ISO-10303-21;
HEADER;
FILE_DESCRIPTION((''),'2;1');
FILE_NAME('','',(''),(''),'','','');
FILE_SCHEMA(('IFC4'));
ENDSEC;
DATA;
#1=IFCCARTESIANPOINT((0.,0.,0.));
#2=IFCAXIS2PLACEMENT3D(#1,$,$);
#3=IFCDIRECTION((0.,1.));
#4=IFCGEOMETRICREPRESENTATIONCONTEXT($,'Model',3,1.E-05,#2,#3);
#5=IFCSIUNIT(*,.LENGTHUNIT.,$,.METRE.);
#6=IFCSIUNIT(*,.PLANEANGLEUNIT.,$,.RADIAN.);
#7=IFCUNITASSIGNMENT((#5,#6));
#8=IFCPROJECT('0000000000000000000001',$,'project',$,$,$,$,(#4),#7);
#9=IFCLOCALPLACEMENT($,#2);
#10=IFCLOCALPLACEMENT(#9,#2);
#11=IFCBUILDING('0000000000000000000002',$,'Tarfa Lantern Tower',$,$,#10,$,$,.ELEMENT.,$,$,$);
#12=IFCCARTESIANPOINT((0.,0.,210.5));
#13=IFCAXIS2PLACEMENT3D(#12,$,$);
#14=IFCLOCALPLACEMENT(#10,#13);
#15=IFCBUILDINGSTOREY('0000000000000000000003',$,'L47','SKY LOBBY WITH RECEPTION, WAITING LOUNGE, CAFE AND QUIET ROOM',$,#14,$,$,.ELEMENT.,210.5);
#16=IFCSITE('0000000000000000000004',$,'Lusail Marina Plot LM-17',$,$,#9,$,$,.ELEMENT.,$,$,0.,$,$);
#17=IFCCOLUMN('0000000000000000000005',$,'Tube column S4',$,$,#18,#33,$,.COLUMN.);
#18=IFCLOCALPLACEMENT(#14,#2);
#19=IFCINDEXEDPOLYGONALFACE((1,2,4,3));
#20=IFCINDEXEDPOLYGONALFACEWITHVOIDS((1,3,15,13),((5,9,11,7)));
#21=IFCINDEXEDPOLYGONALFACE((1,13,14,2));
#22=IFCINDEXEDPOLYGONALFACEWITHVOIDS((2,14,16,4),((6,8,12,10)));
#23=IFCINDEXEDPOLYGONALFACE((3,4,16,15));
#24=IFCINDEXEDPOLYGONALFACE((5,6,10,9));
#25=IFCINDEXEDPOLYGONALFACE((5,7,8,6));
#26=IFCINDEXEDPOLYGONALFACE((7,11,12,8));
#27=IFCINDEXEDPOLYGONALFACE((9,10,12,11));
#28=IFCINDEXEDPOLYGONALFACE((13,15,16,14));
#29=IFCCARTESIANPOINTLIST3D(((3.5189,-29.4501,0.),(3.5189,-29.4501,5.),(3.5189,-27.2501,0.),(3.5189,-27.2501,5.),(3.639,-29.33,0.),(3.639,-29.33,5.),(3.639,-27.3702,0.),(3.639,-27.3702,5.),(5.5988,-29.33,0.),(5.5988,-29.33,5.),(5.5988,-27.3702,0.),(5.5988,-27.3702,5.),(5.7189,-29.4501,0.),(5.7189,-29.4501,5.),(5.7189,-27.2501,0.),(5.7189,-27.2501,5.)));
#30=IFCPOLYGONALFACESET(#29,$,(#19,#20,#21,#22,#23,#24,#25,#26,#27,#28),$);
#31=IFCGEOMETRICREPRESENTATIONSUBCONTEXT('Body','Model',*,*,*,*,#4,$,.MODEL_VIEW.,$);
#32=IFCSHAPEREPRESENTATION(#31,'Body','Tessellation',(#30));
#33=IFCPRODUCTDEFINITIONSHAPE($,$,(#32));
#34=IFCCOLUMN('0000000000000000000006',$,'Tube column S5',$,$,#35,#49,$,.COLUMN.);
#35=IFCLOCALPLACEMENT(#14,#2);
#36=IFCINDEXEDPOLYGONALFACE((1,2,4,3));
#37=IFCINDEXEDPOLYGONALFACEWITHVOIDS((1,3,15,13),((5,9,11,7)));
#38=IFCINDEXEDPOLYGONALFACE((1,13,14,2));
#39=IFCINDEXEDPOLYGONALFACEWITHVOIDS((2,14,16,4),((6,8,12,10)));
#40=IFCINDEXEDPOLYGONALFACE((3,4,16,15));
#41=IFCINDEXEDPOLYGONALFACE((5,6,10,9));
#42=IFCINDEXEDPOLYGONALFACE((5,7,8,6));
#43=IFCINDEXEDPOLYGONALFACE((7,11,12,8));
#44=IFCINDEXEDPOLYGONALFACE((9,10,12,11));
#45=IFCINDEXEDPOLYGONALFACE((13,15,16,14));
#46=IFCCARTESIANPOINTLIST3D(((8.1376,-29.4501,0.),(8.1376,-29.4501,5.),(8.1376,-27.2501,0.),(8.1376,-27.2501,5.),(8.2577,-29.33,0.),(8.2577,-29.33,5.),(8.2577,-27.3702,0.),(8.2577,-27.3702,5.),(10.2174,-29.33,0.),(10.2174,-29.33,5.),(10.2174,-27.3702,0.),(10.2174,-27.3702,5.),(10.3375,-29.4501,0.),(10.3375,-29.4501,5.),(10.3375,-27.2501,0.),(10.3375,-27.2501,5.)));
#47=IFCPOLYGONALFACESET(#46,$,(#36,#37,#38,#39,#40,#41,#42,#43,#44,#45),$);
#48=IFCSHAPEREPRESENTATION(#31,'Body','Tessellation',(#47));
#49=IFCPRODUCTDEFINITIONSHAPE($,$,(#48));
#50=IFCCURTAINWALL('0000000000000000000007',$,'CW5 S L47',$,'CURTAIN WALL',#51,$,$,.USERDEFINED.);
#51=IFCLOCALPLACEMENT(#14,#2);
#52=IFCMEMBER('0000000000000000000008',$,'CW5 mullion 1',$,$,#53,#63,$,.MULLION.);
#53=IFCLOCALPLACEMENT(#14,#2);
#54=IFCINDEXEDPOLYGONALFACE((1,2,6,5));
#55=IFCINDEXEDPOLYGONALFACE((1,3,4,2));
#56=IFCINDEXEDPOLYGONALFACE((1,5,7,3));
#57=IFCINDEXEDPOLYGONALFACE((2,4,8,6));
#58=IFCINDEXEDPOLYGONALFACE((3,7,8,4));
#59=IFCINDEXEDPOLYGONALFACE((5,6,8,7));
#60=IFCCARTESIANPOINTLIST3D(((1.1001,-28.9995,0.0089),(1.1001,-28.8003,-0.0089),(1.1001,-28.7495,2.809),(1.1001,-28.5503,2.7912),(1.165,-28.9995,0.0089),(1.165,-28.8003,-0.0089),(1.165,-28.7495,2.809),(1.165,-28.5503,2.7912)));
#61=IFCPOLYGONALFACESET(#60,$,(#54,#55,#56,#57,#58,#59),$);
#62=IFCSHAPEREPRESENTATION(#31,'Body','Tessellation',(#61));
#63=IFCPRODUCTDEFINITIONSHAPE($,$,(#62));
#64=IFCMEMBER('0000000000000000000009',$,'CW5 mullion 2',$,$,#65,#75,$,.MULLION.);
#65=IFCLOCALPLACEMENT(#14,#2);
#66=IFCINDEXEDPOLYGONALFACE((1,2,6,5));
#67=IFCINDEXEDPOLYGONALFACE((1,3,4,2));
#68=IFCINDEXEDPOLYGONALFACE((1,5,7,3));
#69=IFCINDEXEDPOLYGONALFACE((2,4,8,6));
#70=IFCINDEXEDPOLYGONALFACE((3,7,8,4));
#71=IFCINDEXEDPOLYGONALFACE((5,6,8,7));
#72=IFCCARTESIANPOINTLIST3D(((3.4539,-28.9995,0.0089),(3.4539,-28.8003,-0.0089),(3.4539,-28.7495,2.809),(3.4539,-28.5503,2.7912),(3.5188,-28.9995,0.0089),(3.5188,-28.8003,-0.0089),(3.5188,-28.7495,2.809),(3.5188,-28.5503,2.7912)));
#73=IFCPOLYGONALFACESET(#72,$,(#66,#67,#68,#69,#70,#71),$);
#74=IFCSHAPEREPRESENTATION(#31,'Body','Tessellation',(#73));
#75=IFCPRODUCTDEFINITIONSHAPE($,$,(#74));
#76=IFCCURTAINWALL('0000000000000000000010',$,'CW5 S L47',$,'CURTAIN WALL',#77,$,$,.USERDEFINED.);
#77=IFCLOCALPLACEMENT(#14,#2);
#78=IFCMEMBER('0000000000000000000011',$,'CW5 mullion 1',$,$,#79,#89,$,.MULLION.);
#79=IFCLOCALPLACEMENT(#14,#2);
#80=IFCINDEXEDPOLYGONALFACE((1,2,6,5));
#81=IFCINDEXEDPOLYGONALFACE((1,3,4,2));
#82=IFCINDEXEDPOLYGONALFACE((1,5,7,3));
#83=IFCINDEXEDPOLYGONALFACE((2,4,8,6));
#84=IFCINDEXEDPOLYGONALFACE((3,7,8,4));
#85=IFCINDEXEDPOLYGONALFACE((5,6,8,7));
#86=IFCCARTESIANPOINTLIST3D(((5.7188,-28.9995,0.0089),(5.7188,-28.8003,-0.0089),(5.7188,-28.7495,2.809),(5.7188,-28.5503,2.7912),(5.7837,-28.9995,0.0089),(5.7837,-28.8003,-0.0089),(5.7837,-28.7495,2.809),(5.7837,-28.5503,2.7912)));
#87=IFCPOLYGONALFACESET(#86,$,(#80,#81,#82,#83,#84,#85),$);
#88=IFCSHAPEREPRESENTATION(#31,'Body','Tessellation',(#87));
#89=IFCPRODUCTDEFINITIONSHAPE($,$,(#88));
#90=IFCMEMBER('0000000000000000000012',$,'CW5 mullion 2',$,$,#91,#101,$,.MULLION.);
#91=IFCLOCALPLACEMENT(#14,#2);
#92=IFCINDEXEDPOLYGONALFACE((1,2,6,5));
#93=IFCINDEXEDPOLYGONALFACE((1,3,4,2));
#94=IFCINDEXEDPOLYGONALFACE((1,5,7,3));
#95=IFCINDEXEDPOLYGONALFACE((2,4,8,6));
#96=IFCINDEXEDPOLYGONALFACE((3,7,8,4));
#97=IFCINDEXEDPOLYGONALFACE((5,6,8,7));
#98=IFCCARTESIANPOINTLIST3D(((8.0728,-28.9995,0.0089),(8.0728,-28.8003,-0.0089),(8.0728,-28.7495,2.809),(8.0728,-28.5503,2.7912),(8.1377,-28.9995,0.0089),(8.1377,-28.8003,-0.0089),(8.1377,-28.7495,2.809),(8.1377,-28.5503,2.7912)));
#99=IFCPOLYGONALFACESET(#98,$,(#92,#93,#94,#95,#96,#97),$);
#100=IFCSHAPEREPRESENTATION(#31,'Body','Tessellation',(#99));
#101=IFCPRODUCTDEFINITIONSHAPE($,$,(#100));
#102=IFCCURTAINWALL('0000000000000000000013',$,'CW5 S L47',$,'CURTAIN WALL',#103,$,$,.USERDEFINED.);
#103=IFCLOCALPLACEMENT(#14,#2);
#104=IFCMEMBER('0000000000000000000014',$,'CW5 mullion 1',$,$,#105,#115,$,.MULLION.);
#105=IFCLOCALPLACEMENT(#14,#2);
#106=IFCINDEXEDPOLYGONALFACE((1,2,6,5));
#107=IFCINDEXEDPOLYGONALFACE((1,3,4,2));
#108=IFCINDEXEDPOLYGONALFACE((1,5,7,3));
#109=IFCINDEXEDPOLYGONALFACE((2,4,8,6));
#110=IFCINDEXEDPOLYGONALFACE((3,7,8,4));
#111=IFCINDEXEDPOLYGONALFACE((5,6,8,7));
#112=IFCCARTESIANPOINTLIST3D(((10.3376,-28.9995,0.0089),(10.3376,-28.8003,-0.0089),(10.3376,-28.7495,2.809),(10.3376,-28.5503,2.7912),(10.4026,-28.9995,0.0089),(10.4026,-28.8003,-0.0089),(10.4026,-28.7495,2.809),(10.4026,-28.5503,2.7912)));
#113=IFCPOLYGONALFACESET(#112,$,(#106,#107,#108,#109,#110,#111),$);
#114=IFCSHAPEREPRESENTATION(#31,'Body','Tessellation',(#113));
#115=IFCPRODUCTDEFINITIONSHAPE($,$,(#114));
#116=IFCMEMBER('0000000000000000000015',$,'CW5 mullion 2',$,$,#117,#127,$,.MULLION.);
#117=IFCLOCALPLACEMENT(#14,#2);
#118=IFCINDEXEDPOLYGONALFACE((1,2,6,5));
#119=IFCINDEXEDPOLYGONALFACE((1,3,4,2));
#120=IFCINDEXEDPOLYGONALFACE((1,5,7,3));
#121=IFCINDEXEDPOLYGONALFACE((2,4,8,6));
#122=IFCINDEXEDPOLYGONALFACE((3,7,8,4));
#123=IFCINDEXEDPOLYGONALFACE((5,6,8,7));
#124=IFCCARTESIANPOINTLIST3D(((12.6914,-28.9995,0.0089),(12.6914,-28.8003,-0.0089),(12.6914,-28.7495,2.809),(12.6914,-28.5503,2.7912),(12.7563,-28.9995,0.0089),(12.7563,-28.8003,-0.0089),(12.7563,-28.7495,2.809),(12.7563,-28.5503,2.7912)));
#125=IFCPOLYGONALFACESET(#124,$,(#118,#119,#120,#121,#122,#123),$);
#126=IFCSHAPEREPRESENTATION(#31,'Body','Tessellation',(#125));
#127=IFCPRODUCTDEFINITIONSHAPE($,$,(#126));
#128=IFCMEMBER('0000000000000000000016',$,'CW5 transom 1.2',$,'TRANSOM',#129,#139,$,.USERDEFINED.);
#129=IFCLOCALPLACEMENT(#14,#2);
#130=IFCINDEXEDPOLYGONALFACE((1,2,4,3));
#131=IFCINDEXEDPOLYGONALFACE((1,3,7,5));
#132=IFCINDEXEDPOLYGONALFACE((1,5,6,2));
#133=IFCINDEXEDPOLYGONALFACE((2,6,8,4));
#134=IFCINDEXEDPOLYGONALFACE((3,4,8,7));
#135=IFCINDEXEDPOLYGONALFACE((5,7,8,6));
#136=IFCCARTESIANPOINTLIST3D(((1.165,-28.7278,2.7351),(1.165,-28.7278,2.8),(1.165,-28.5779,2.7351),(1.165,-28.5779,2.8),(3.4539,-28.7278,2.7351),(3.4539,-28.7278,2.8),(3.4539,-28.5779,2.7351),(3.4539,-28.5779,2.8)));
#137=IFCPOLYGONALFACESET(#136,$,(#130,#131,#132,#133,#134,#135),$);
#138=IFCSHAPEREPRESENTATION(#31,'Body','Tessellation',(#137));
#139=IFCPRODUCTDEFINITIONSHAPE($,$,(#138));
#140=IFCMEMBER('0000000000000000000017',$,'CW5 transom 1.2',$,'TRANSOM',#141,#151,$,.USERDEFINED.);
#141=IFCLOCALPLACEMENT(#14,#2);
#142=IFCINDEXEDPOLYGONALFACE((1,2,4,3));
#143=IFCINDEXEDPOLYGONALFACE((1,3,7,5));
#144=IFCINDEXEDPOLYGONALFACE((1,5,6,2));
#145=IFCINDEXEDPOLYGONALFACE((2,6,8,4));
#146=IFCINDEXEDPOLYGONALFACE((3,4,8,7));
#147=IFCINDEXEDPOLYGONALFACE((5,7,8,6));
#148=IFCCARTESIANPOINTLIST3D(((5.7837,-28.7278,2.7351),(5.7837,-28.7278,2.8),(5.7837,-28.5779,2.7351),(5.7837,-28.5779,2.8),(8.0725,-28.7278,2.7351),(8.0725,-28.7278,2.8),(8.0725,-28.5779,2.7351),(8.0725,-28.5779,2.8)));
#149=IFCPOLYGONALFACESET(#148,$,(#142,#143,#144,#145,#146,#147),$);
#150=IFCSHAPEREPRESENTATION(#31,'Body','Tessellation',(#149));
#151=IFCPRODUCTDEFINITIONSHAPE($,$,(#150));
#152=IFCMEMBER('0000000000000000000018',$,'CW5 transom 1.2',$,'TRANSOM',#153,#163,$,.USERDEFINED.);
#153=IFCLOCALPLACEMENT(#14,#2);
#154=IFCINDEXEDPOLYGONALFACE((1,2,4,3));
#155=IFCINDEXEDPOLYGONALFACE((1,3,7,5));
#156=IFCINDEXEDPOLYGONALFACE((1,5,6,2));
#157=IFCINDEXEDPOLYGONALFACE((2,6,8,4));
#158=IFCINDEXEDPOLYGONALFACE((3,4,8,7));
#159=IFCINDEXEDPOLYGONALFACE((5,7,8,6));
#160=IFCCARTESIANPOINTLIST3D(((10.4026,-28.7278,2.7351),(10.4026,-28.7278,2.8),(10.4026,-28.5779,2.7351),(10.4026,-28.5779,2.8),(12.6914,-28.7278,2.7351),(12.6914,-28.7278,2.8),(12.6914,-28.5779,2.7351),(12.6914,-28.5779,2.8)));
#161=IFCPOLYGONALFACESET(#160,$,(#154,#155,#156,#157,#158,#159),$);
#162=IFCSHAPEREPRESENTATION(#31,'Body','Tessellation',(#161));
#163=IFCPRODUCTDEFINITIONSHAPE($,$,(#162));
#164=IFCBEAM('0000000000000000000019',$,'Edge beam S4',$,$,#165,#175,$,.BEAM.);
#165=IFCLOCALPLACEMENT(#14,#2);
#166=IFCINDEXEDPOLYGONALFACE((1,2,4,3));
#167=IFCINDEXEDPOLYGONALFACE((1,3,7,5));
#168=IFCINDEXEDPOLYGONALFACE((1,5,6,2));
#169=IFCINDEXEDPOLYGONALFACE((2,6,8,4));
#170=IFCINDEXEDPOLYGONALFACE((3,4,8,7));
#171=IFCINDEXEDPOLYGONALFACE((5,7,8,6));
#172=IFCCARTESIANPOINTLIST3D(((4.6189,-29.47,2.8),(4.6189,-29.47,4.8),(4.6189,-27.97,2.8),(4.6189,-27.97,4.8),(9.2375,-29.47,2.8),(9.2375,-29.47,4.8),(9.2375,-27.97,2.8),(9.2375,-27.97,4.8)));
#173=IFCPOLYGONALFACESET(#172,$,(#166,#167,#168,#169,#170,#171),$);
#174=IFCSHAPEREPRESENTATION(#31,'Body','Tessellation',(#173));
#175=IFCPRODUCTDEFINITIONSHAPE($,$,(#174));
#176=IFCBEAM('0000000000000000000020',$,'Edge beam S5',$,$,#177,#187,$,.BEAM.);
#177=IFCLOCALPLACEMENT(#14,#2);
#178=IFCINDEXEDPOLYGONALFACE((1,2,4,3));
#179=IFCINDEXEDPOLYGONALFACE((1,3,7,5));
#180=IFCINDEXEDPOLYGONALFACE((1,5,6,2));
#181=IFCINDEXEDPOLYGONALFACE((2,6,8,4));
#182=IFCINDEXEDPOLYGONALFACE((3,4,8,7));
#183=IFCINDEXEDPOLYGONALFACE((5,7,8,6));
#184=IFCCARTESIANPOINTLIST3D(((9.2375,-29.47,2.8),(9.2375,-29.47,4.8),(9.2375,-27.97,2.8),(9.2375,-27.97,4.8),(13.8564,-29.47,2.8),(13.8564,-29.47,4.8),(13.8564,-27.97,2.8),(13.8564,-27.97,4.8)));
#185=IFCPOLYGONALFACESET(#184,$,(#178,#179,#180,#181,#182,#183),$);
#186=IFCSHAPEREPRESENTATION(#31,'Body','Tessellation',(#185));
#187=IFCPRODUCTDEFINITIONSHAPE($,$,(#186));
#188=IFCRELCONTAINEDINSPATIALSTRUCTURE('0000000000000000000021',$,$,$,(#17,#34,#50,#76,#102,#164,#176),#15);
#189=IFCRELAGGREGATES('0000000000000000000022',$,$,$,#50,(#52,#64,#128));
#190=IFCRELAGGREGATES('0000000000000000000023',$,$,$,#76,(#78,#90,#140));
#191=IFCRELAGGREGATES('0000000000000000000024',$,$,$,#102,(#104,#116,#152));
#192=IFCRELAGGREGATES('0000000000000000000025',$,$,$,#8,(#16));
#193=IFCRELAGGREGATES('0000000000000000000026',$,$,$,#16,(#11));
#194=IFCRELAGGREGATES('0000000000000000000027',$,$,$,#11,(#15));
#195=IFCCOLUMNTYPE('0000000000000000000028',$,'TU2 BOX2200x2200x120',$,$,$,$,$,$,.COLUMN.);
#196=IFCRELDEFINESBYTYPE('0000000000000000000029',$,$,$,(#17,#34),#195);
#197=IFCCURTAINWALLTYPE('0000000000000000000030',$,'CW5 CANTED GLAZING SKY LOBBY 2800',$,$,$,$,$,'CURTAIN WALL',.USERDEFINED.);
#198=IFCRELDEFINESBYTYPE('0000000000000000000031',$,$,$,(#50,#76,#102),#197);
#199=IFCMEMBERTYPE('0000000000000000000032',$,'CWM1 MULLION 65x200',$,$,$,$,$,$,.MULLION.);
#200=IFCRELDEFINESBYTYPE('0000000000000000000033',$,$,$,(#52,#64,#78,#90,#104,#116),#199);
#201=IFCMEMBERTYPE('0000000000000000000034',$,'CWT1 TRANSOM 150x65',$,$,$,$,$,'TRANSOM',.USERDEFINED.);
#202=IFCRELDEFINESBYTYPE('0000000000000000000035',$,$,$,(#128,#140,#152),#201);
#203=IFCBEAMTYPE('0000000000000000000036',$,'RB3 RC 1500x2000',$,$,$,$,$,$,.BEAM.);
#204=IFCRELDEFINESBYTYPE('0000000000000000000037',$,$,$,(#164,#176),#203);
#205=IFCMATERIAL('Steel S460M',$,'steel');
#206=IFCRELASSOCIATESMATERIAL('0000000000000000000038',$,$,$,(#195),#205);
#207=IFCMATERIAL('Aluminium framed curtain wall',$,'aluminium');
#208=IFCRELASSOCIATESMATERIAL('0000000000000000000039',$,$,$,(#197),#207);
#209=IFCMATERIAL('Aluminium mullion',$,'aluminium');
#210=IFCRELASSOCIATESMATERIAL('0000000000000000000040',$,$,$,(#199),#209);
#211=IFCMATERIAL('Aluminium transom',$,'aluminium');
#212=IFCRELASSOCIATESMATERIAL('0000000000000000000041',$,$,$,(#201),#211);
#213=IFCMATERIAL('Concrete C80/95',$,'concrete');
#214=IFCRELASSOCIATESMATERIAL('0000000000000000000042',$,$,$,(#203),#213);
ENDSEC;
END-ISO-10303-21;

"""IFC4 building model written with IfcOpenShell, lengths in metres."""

from ifc_helpers import new_model, si_unit, direction, frame, origin, origin_2d, place, context, subcontext, project, spatial, rectangle, hollow_rectangle, extrude, material, material_profile, profile_set, type_object, element, aggregate, save


model = new_model("IFC4")

# Units and contexts
model_context = context("Model", 3, precision=1e-05, world=origin(), true_north=direction((0.0, 1.0)))
body_context = subcontext(model_context, "Body", "Model", "MODEL_VIEW")
ifc_project = project(units=[si_unit("LENGTHUNIT", "METRE"), si_unit("PLANEANGLEUNIT", "RADIAN")], contexts=[model_context])

# Site, building, storey
site_placement = place(None, origin())
site = spatial("IfcSite", under=ifc_project, at=site_placement, Name="Lusail Marina Plot LM-17", CompositionType="ELEMENT", RefElevation=0.0)
building_placement = place(site_placement, origin())
building = spatial("IfcBuilding", under=site, at=building_placement, Name="Tarfa Lantern Tower", CompositionType="ELEMENT")
storey_placement = place(building_placement, frame((0.0, 0.0, 210.5)))
storey = spatial("IfcBuildingStorey", under=building, at=storey_placement, Name="L47", Description="SKY LOBBY WITH RECEPTION, WAITING LOUNGE, CAFE AND QUIET ROOM", CompositionType="ELEMENT", Elevation=210.5)

# Columns
ifc_material_1 = material(Name="Steel S460M", Category="steel")
ifc_material_profile_1 = material_profile(ifc_material_1, hollow_rectangle(XDim=2.2, YDim=2.2, WallThickness=0.1201, at=origin_2d()), Name="BOX2200x2200x120")
ifc_profile_set_1 = profile_set([ifc_material_profile_1], Name="Steel S460M")
column_type = type_object("IfcColumnType", Name="TU2 BOX2200x2200x120", PredefinedType="COLUMN", material=ifc_profile_set_1)
for number, where, z_axis, x_axis, name in (
    (1, (4.6189, -28.3501, 0.0), (0.0, 0.0, 1.0), (1.0, 0.0, 0.0), "Tube column S4"),
    (2, (9.2375, -28.3501, 0.0), (0.0, 0.0, 1.0), (1.0, 0.0, 0.0), "Tube column S5"),
):
    element("IfcColumn", number, at=place(storey_placement, frame(where, z_axis=z_axis, x_axis=x_axis)), inside=storey, type_object=column_type, Name=name, PredefinedType="COLUMN", context=body_context, shape_type="SweptSolid", body=[
        extrude(hollow_rectangle(XDim=2.2, YDim=2.2, WallThickness=0.1201, at=origin_2d()), origin(), (0.0, 0.0, 1.0), 5.0),
    ])

# Curtain walls, members
ifc_material_2 = material(Name="Aluminium framed curtain wall", Category="aluminium")
curtain_wall_type = type_object("IfcCurtainWallType", Name="CW5 CANTED GLAZING SKY LOBBY 2800", ElementType="CURTAIN WALL", PredefinedType="USERDEFINED", material=ifc_material_2)
curtain_wall_1_placement = place(storey_placement, origin())
curtain_wall_1 = element("IfcCurtainWall", 3, at=curtain_wall_1_placement, inside=storey, type_object=curtain_wall_type, Name="CW5 S L47", ObjectType="CURTAIN WALL", PredefinedType="USERDEFINED")
ifc_material_3 = material(Name="Aluminium mullion", Category="aluminium")
ifc_material_profile_2 = material_profile(ifc_material_3, rectangle(XDim=0.0649, YDim=0.2, at=origin_2d()), Name="AL MULLION 65x200")
ifc_profile_set_2 = profile_set([ifc_material_profile_2], Name="Aluminium mullion")
member_type_1 = type_object("IfcMemberType", Name="CWM1 MULLION 65x200", PredefinedType="MULLION", material=ifc_profile_set_2)
member_1_placement = place(storey_placement, frame((1.1326, -28.8999, 0.0), z_axis=(0.0, 0.08893, 0.996038), x_axis=(-1.0, 0.0, 0.0)))
member_1 = element("IfcMember", 4, at=member_1_placement, type_object=member_type_1, Name="CW5 mullion 1", PredefinedType="MULLION", context=body_context, shape_type="SweptSolid", body=[
    extrude(rectangle(XDim=0.0649, YDim=0.2, at=origin_2d()), origin(), (0.0, 0.0, 1.0), 2.8113),
])
member_2_placement = place(storey_placement, frame((3.4863, -28.8999, 0.0), z_axis=(0.0, 0.08893, 0.996038), x_axis=(-1.0, 0.0, 0.0)))
member_2 = element("IfcMember", 5, at=member_2_placement, type_object=member_type_1, Name="CW5 mullion 2", PredefinedType="MULLION", context=body_context, shape_type="SweptSolid", body=[
    extrude(rectangle(XDim=0.0649, YDim=0.2, at=origin_2d()), origin(), (0.0, 0.0, 1.0), 2.8113),
])
curtain_wall_2_placement = place(storey_placement, origin())
curtain_wall_2 = element("IfcCurtainWall", 6, at=curtain_wall_2_placement, inside=storey, type_object=curtain_wall_type, Name="CW5 S L47", ObjectType="CURTAIN WALL", PredefinedType="USERDEFINED")
member_3_placement = place(storey_placement, frame((5.7512, -28.8999, 0.0), z_axis=(0.0, 0.08893, 0.996038), x_axis=(-1.0, 0.0, 0.0)))
member_3 = element("IfcMember", 7, at=member_3_placement, type_object=member_type_1, Name="CW5 mullion 1", PredefinedType="MULLION", context=body_context, shape_type="SweptSolid", body=[
    extrude(rectangle(XDim=0.0649, YDim=0.2, at=origin_2d()), origin(), (0.0, 0.0, 1.0), 2.8113),
])
member_4_placement = place(storey_placement, frame((8.1052, -28.8999, 0.0), z_axis=(0.0, 0.08893, 0.996038), x_axis=(-1.0, 0.0, 0.0)))
member_4 = element("IfcMember", 8, at=member_4_placement, type_object=member_type_1, Name="CW5 mullion 2", PredefinedType="MULLION", context=body_context, shape_type="SweptSolid", body=[
    extrude(rectangle(XDim=0.0649, YDim=0.2, at=origin_2d()), origin(), (0.0, 0.0, 1.0), 2.8113),
])
curtain_wall_3_placement = place(storey_placement, origin())
curtain_wall_3 = element("IfcCurtainWall", 9, at=curtain_wall_3_placement, inside=storey, type_object=curtain_wall_type, Name="CW5 S L47", ObjectType="CURTAIN WALL", PredefinedType="USERDEFINED")
member_5_placement = place(storey_placement, frame((10.3701, -28.8999, 0.0), z_axis=(0.0, 0.08893, 0.996038), x_axis=(-1.0, 0.0, 0.0)))
member_5 = element("IfcMember", 10, at=member_5_placement, type_object=member_type_1, Name="CW5 mullion 1", PredefinedType="MULLION", context=body_context, shape_type="SweptSolid", body=[
    extrude(rectangle(XDim=0.0649, YDim=0.2, at=origin_2d()), origin(), (0.0, 0.0, 1.0), 2.8113),
])
member_6_placement = place(storey_placement, frame((12.7239, -28.8999, 0.0), z_axis=(0.0, 0.08893, 0.996038), x_axis=(-1.0, 0.0, 0.0)))
member_6 = element("IfcMember", 11, at=member_6_placement, type_object=member_type_1, Name="CW5 mullion 2", PredefinedType="MULLION", context=body_context, shape_type="SweptSolid", body=[
    extrude(rectangle(XDim=0.0649, YDim=0.2, at=origin_2d()), origin(), (0.0, 0.0, 1.0), 2.8113),
])

# Members
ifc_material_4 = material(Name="Aluminium transom", Category="aluminium")
ifc_material_profile_3 = material_profile(ifc_material_4, rectangle(XDim=0.1499, YDim=0.0649, at=origin_2d()), Name="AL TRANSOM 150x65")
ifc_profile_set_3 = profile_set([ifc_material_profile_3], Name="Aluminium transom")
member_type_2 = type_object("IfcMemberType", Name="CWT1 TRANSOM 150x65", ElementType="TRANSOM", PredefinedType="USERDEFINED", material=ifc_profile_set_3)
member_7_placement = place(storey_placement, frame((1.165, -28.6528, 2.7676), z_axis=(1.0, 0.0, 0.0), x_axis=(0.0, 1.0, 0.0)))
member_7 = element("IfcMember", 12, at=member_7_placement, type_object=member_type_2, Name="CW5 transom 1.2", ObjectType="TRANSOM", PredefinedType="USERDEFINED", context=body_context, shape_type="SweptSolid", body=[
    extrude(rectangle(XDim=0.1499, YDim=0.0649, at=origin_2d()), origin(), (0.0, 0.0, 1.0), 2.2888),
])
member_8_placement = place(storey_placement, frame((5.7837, -28.6528, 2.7676), z_axis=(1.0, 0.0, 0.0), x_axis=(0.0, 1.0, 0.0)))
member_8 = element("IfcMember", 13, at=member_8_placement, type_object=member_type_2, Name="CW5 transom 1.2", ObjectType="TRANSOM", PredefinedType="USERDEFINED", context=body_context, shape_type="SweptSolid", body=[
    extrude(rectangle(XDim=0.1499, YDim=0.0649, at=origin_2d()), origin(), (0.0, 0.0, 1.0), 2.2888),
])
member_9_placement = place(storey_placement, frame((10.4026, -28.6528, 2.7676), z_axis=(1.0, 0.0, 0.0), x_axis=(0.0, 1.0, 0.0)))
member_9 = element("IfcMember", 14, at=member_9_placement, type_object=member_type_2, Name="CW5 transom 1.2", ObjectType="TRANSOM", PredefinedType="USERDEFINED", context=body_context, shape_type="SweptSolid", body=[
    extrude(rectangle(XDim=0.1499, YDim=0.0649, at=origin_2d()), origin(), (0.0, 0.0, 1.0), 2.2888),
])

# Beams
ifc_material_5 = material(Name="Concrete C80/95", Category="concrete")
ifc_material_profile_4 = material_profile(ifc_material_5, rectangle(XDim=1.5, YDim=2.0, at=origin_2d()), Name="RC 1500x2000")
ifc_profile_set_4 = profile_set([ifc_material_profile_4], Name="Concrete C80/95")
beam_type_1 = type_object("IfcBeamType", Name="RB3 RC 1500x2000", PredefinedType="BEAM", material=ifc_profile_set_4)
beam_1_placement = place(storey_placement, frame((4.6189, -28.72, 3.8), z_axis=(1.0, 0.0, 0.0), x_axis=(0.0, 1.0, 0.0)))
element("IfcBeam", 15, at=beam_1_placement, inside=storey, type_object=beam_type_1, Name="Edge beam S4", PredefinedType="BEAM", context=body_context, shape_type="SweptSolid", body=[
    extrude(rectangle(XDim=1.5, YDim=2.0, at=origin_2d()), origin(), (0.0, 0.0, 1.0), 4.6187),
])
beam_2_placement = place(storey_placement, frame((9.2375, -28.72, 3.8), z_axis=(1.0, 0.0, 0.0), x_axis=(0.0, 1.0, 0.0)))
element("IfcBeam", 16, at=beam_2_placement, inside=storey, type_object=beam_type_1, Name="Edge beam S5", PredefinedType="BEAM", context=body_context, shape_type="SweptSolid", body=[
    extrude(rectangle(XDim=1.5, YDim=2.0, at=origin_2d()), origin(), (0.0, 0.0, 1.0), 4.6189),
])

aggregate(curtain_wall_1, [member_1, member_2, member_7])
aggregate(curtain_wall_2, [member_3, member_4, member_8])
aggregate(curtain_wall_3, [member_5, member_6, member_9])

save(model, "model.ifc")
